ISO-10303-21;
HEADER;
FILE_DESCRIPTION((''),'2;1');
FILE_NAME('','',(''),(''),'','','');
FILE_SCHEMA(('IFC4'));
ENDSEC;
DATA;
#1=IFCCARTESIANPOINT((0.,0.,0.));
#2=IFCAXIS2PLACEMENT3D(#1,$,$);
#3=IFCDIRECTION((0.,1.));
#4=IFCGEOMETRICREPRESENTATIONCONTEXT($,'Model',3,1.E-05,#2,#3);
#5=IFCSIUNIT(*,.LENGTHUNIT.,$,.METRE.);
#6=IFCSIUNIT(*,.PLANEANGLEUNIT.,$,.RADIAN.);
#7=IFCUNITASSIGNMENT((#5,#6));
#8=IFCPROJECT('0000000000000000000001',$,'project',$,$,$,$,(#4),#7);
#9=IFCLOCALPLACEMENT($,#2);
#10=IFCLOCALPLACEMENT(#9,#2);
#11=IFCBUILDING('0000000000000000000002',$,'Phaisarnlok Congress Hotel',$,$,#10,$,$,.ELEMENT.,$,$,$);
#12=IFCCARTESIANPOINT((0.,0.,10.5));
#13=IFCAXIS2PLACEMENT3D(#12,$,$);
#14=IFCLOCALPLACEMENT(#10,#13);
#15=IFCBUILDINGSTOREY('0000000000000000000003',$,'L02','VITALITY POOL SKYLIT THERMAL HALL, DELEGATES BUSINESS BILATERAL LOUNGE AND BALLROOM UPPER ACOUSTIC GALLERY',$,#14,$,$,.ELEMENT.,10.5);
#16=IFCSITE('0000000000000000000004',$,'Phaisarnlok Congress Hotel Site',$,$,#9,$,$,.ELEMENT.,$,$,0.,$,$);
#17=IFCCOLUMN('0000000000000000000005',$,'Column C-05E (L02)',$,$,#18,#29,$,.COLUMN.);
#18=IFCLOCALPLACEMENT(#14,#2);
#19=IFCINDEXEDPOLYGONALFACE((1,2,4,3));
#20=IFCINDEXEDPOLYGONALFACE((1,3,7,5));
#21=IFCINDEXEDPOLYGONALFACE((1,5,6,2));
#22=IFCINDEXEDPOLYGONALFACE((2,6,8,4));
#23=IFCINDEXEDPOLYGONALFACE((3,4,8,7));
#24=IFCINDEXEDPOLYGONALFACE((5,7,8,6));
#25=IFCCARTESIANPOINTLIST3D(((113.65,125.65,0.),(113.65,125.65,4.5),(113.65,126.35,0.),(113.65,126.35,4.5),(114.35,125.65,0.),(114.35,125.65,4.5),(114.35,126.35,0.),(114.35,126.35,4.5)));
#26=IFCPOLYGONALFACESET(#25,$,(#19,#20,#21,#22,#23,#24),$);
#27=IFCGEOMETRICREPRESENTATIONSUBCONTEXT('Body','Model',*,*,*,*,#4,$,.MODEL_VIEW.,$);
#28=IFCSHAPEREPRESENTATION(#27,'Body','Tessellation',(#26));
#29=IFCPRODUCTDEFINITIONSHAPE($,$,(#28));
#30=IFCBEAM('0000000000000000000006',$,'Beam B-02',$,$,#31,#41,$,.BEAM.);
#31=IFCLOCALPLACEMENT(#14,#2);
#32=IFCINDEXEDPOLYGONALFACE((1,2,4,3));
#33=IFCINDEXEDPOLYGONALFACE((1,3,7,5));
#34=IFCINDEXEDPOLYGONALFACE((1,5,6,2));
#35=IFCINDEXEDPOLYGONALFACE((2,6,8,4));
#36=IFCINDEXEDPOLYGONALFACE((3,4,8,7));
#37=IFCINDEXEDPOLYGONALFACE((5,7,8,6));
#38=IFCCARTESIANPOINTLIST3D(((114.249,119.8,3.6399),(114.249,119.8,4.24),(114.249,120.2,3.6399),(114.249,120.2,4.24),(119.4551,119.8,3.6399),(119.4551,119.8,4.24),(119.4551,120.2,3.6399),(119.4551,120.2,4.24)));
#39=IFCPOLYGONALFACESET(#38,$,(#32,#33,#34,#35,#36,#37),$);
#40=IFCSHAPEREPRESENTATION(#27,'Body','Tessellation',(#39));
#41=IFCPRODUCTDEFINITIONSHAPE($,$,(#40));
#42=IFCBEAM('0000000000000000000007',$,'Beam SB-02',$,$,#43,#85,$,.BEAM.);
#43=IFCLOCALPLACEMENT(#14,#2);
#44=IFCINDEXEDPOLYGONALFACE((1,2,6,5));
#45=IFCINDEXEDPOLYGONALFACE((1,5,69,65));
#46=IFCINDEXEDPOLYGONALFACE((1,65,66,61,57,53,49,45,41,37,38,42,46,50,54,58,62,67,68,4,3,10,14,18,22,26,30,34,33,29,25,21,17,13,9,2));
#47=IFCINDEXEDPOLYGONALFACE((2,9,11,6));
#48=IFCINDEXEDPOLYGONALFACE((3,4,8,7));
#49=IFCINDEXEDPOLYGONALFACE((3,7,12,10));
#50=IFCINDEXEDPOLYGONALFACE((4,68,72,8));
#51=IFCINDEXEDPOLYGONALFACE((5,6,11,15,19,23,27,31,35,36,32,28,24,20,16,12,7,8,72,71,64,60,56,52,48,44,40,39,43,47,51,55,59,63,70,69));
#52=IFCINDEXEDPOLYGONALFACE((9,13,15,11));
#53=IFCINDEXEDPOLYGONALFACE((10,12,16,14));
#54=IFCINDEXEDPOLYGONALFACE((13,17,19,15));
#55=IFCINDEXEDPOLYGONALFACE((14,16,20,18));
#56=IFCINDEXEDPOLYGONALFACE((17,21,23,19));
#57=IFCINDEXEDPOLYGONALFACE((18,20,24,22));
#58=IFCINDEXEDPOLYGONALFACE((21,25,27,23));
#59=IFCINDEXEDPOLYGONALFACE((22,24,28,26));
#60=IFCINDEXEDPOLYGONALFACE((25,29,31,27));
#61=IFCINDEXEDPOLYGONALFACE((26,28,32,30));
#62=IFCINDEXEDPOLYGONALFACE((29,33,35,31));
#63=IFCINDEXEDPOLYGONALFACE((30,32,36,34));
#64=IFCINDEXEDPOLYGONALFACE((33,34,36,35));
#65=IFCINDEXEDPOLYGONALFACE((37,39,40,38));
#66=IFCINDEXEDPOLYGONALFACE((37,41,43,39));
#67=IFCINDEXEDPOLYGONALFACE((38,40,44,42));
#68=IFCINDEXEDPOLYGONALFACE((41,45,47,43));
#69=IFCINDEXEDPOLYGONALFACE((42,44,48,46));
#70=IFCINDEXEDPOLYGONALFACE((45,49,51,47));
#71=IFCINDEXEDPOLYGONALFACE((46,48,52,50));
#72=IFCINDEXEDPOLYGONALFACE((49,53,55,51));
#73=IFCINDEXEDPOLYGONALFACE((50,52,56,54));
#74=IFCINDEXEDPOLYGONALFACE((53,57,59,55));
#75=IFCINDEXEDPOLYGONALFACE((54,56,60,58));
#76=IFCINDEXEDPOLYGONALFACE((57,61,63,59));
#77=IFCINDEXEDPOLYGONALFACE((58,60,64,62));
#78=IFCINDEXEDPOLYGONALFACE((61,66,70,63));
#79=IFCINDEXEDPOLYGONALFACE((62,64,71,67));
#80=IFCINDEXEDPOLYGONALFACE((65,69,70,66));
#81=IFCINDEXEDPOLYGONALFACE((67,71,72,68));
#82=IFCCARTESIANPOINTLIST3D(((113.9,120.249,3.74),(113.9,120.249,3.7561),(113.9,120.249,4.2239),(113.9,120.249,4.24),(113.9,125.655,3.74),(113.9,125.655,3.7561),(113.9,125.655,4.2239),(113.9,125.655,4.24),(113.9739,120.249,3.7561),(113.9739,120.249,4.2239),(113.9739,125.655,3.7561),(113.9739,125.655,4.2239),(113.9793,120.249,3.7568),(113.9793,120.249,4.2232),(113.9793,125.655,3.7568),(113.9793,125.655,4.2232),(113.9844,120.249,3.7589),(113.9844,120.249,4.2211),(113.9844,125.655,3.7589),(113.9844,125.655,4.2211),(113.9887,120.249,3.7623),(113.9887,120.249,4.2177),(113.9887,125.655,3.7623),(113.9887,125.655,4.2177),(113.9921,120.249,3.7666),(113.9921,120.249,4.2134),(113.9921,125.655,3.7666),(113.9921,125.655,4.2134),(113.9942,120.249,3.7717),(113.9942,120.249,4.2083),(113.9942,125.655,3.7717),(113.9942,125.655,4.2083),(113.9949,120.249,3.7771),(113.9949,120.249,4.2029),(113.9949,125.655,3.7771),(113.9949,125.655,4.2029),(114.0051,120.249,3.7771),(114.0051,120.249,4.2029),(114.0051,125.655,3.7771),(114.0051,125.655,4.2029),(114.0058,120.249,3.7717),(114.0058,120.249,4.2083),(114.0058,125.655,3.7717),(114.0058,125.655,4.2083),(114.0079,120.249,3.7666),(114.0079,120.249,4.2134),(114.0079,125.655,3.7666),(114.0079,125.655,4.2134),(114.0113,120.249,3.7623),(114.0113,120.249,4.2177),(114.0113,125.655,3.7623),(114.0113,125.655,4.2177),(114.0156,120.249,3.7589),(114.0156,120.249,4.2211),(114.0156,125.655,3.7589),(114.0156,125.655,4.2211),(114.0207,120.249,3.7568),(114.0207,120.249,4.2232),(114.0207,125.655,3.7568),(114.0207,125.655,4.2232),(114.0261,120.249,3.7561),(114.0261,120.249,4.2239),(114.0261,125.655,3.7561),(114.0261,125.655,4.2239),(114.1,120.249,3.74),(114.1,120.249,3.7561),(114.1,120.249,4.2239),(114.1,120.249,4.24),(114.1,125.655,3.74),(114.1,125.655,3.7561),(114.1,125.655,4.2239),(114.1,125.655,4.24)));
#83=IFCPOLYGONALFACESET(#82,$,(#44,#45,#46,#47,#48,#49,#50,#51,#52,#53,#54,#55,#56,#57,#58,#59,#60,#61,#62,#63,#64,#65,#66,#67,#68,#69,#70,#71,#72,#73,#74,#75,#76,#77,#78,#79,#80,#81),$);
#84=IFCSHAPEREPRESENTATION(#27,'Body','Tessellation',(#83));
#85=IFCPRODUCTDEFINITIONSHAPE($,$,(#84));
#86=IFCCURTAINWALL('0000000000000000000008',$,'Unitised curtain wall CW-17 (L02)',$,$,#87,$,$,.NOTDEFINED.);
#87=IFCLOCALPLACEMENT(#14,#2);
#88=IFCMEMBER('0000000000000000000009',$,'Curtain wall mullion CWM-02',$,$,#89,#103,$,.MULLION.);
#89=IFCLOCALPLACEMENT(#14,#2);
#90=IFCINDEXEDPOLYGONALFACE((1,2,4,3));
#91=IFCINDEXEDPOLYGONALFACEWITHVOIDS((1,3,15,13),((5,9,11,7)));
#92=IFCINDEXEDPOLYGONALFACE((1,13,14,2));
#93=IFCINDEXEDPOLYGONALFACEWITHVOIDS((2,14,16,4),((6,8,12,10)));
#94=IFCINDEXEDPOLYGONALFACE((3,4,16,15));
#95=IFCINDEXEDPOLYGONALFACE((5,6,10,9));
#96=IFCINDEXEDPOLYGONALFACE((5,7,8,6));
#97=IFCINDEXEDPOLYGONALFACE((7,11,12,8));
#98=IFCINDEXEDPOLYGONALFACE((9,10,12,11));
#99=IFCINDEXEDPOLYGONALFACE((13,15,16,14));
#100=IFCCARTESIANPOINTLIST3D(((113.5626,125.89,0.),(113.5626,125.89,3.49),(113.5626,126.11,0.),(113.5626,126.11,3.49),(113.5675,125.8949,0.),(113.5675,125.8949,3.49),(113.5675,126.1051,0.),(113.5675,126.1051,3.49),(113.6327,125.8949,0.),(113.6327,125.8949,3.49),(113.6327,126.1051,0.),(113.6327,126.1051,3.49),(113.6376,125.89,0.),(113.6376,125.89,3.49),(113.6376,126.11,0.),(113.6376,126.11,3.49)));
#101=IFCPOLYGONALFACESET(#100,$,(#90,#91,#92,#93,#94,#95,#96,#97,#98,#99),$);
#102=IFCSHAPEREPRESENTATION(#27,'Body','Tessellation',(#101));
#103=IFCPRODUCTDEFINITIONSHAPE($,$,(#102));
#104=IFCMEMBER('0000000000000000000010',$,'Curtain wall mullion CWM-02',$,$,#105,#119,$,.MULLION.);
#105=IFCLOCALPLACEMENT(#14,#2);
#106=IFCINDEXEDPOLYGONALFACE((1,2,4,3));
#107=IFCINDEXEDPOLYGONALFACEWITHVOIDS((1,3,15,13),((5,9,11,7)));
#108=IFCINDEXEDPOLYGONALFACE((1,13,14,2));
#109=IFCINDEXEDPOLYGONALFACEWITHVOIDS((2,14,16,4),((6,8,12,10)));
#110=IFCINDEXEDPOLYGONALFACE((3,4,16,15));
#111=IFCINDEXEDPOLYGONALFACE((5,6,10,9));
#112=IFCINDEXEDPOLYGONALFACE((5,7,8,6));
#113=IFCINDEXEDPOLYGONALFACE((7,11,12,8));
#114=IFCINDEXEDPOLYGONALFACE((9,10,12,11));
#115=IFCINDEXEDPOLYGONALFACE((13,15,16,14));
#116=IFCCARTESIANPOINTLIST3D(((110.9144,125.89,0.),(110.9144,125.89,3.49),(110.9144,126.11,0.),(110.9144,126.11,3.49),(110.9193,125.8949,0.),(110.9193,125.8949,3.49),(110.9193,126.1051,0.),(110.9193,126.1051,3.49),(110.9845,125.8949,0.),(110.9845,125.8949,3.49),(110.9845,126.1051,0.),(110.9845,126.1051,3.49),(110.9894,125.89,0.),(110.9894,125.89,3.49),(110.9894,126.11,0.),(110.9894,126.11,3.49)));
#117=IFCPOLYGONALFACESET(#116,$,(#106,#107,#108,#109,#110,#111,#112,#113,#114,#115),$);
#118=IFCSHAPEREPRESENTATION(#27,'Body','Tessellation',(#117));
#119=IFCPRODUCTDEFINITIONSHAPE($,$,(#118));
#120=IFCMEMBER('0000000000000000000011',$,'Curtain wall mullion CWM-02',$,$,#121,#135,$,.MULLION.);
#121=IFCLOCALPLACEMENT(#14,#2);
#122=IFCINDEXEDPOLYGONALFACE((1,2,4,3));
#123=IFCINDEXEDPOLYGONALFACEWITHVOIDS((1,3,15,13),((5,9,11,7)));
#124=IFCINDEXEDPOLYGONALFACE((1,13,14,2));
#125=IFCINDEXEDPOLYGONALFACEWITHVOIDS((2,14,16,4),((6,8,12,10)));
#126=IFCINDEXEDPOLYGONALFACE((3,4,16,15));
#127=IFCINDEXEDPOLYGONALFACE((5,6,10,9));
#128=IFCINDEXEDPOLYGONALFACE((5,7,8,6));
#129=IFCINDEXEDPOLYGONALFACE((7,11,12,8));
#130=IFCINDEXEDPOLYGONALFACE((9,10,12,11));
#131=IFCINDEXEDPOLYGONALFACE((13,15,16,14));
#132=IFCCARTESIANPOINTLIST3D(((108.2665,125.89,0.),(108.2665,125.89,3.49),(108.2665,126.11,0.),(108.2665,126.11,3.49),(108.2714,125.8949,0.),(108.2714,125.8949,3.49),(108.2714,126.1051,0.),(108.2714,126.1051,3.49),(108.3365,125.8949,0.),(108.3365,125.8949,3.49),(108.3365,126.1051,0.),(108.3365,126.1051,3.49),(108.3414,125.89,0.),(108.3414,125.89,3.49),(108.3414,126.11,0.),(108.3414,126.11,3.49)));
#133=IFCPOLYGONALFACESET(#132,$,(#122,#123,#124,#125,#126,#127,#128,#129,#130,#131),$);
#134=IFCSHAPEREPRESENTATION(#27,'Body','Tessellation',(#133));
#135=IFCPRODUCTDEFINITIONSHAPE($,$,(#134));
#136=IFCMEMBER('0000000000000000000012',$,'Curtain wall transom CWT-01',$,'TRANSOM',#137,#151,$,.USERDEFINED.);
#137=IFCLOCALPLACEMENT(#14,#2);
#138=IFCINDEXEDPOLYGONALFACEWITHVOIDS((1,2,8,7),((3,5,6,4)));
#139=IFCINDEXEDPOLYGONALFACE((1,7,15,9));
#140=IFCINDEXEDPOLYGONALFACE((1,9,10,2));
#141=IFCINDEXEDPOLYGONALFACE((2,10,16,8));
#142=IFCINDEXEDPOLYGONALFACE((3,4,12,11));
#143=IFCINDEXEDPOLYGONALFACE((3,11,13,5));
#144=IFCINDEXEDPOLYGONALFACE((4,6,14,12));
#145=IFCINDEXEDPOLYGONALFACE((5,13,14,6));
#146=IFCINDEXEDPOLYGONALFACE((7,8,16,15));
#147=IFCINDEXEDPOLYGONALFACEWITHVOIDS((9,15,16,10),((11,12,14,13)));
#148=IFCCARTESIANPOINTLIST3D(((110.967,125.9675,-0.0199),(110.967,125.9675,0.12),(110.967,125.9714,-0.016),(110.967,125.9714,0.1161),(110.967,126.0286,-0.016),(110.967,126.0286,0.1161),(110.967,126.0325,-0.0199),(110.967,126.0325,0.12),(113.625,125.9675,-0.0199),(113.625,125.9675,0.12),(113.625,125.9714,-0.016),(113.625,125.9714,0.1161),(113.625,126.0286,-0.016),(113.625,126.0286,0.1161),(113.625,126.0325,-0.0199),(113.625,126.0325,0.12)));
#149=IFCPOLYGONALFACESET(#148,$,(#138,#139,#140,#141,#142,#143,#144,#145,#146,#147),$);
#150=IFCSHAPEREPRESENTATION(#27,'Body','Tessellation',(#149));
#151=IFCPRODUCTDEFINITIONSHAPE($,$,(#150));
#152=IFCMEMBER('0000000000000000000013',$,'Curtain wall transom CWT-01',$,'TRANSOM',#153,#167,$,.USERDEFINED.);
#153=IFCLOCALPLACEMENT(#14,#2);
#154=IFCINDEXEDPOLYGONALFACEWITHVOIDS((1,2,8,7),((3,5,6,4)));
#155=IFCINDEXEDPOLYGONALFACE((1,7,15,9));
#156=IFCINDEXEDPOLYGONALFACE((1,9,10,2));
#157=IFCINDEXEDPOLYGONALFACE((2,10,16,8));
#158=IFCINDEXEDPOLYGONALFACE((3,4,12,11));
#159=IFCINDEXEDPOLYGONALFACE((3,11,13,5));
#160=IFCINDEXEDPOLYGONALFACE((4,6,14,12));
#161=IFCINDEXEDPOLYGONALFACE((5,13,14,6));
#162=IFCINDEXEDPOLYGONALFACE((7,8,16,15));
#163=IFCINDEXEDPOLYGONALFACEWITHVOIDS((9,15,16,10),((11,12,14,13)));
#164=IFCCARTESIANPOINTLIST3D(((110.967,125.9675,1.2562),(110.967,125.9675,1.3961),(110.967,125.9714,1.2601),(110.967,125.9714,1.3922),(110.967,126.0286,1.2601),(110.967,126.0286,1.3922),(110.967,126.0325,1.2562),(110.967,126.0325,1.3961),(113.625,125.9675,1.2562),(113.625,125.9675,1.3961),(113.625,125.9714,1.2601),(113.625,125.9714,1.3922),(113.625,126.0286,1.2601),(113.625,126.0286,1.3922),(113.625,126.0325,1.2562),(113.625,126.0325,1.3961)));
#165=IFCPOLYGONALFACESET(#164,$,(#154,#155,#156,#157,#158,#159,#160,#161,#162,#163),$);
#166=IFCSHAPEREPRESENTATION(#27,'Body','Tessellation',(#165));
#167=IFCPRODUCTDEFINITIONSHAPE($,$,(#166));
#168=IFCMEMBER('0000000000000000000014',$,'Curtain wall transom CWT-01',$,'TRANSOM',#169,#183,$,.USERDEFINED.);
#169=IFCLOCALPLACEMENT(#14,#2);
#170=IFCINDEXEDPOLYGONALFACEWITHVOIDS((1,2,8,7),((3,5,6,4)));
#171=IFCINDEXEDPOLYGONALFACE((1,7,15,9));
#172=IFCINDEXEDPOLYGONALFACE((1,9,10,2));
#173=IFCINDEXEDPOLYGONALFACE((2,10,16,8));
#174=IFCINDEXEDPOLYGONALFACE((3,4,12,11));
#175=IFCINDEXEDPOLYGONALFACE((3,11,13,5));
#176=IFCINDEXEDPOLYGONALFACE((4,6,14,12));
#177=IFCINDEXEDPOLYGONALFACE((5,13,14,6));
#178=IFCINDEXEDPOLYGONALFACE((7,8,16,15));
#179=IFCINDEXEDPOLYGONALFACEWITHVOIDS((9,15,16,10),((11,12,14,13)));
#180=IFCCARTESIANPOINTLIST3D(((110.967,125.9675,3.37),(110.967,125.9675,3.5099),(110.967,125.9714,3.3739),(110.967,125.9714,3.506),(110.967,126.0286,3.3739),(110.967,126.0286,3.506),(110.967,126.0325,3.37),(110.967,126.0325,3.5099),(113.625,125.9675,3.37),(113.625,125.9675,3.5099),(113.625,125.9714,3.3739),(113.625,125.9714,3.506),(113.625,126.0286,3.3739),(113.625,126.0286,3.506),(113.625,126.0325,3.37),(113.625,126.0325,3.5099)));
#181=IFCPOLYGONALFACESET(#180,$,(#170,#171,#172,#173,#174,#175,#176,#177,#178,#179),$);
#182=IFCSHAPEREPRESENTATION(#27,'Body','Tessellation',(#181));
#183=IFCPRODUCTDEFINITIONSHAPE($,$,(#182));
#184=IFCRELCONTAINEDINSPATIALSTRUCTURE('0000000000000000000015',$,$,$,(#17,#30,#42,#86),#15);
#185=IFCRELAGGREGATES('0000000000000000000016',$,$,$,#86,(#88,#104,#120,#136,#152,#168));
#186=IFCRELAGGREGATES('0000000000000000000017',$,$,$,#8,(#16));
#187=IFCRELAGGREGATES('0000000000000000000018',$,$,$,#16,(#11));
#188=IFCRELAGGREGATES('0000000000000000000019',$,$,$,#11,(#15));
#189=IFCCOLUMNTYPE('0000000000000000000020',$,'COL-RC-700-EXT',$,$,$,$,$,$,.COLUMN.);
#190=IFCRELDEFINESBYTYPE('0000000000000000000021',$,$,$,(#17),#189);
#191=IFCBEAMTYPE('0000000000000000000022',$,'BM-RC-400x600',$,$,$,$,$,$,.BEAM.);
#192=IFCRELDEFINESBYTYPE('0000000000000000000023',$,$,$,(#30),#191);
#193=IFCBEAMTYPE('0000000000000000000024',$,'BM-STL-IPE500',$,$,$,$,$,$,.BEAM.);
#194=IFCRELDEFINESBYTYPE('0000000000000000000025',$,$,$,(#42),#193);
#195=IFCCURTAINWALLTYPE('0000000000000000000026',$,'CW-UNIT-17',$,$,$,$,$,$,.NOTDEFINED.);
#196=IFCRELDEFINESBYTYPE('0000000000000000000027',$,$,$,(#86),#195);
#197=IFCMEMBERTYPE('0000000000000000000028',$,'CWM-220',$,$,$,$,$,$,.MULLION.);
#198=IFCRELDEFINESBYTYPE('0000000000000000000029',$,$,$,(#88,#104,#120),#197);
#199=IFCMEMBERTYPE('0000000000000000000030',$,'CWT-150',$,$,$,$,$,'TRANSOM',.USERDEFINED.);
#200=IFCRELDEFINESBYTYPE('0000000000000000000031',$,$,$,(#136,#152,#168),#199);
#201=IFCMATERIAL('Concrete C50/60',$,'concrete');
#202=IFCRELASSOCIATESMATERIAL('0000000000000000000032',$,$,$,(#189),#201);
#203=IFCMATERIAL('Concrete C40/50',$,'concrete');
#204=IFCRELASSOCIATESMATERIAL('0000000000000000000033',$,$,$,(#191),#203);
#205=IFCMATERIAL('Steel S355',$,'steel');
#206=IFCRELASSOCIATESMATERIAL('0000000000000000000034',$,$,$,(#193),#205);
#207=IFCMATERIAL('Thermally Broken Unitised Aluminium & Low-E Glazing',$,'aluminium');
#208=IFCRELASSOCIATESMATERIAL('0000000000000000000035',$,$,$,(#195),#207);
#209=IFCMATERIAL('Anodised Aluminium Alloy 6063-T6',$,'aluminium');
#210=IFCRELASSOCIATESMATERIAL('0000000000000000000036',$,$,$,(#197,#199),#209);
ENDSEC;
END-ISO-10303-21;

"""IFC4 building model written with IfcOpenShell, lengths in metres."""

from ifc_helpers import new_model, si_unit, direction, frame, origin, origin_2d, place, context, subcontext, project, spatial, rectangle, hollow_rectangle, i_section, extrude, material, material_profile, profile_set, type_object, element, aggregate, save


model = new_model("IFC4")

# Units and contexts
model_context = context("Model", 3, precision=1e-05, world=origin(), true_north=direction((0.0, 1.0)))
body_context = subcontext(model_context, "Body", "Model", "MODEL_VIEW")
ifc_project = project(units=[si_unit("LENGTHUNIT", "METRE"), si_unit("PLANEANGLEUNIT", "RADIAN")], contexts=[model_context])

# Site, building, storey
site_placement = place(None, origin())
site = spatial("IfcSite", under=ifc_project, at=site_placement, Name="Phaisarnlok Congress Hotel Site", CompositionType="ELEMENT", RefElevation=0.0)
building_placement = place(site_placement, origin())
building = spatial("IfcBuilding", under=site, at=building_placement, Name="Phaisarnlok Congress Hotel", CompositionType="ELEMENT")
storey_placement = place(building_placement, frame((0.0, 0.0, 10.5)))
storey = spatial("IfcBuildingStorey", under=building, at=storey_placement, Name="L02", Description="VITALITY POOL SKYLIT THERMAL HALL, DELEGATES BUSINESS BILATERAL LOUNGE AND BALLROOM UPPER ACOUSTIC GALLERY", CompositionType="ELEMENT", Elevation=10.5)

# Column
ifc_material_1 = material(Name="Concrete C50/60", Category="concrete")
ifc_material_profile_1 = material_profile(ifc_material_1, rectangle(XDim=0.7, YDim=0.7, at=origin_2d()), Name="RC 700x700")
ifc_profile_set_1 = profile_set([ifc_material_profile_1], Name="Concrete C50/60")
column_type = type_object("IfcColumnType", Name="COL-RC-700-EXT", PredefinedType="COLUMN", material=ifc_profile_set_1)
column_placement = place(storey_placement, frame((114.0, 126.0, 0.0), z_axis=(0.0, 0.0, 1.0), x_axis=(1.0, 0.0, 0.0)))
element("IfcColumn", 1, at=column_placement, inside=storey, type_object=column_type, Name="Column C-05E (L02)", PredefinedType="COLUMN", context=body_context, shape_type="SweptSolid", body=[
    extrude(rectangle(XDim=0.7, YDim=0.7, at=origin_2d()), origin(), (0.0, 0.0, 1.0), 4.5),
])

# Beams
ifc_material_2 = material(Name="Concrete C40/50", Category="concrete")
ifc_material_profile_2 = material_profile(ifc_material_2, rectangle(XDim=0.3999, YDim=0.6001, at=origin_2d()), Name="RC 400x600")
ifc_profile_set_2 = profile_set([ifc_material_profile_2], Name="Concrete C40/50")
beam_type_1 = type_object("IfcBeamType", Name="BM-RC-400x600", PredefinedType="BEAM", material=ifc_profile_set_2)
beam_1_placement = place(storey_placement, frame((114.249, 120.0, 3.9399), z_axis=(1.0, 0.0, 0.0), x_axis=(0.0, 1.0, 0.0)))
element("IfcBeam", 2, at=beam_1_placement, inside=storey, type_object=beam_type_1, Name="Beam B-02", PredefinedType="BEAM", context=body_context, shape_type="SweptSolid", body=[
    extrude(rectangle(XDim=0.3999, YDim=0.6001, at=origin_2d()), origin(), (0.0, 0.0, 1.0), 5.2061),
])
ifc_material_3 = material(Name="Steel S355", Category="steel")
ifc_material_profile_3 = material_profile(ifc_material_3, i_section(OverallWidth=0.2, OverallDepth=0.5, WebThickness=0.0103, FlangeThickness=0.0161, FilletRadius=0.021, at=origin_2d()), Name="IPE 500")
ifc_profile_set_3 = profile_set([ifc_material_profile_3], Name="Steel S355")
beam_type_2 = type_object("IfcBeamType", Name="BM-STL-IPE500", PredefinedType="BEAM", material=ifc_profile_set_3)
beam_2_placement = place(storey_placement, frame((114.0, 120.249, 3.99), z_axis=(0.0, 1.0, 0.0), x_axis=(-1.0, 0.0, 0.0)))
element("IfcBeam", 3, at=beam_2_placement, inside=storey, type_object=beam_type_2, Name="Beam SB-02", PredefinedType="BEAM", context=body_context, shape_type="SweptSolid", body=[
    extrude(i_section(OverallWidth=0.2, OverallDepth=0.5, WebThickness=0.0103, FlangeThickness=0.0161, FilletRadius=0.021, at=origin_2d()), origin(), (0.0, 0.0, 1.0), 5.406),
])

# Curtain wall, members
ifc_material_4 = material(Name="Thermally Broken Unitised Aluminium & Low-E Glazing", Category="aluminium")
curtain_wall_type = type_object("IfcCurtainWallType", Name="CW-UNIT-17", PredefinedType="NOTDEFINED", material=ifc_material_4)
curtain_wall_placement = place(storey_placement, origin())
curtain_wall = element("IfcCurtainWall", 4, at=curtain_wall_placement, inside=storey, type_object=curtain_wall_type, Name="Unitised curtain wall CW-17 (L02)", PredefinedType="NOTDEFINED")
ifc_material_5 = material(Name="Anodised Aluminium Alloy 6063-T6", Category="aluminium")
ifc_material_profile_4 = material_profile(ifc_material_5, hollow_rectangle(XDim=0.075, YDim=0.22, WallThickness=0.0049, at=origin_2d()), Name="ALU-M 75x220x5")
ifc_profile_set_4 = profile_set([ifc_material_profile_4], Name="Anodised Aluminium Alloy 6063-T6")
member_type_1 = type_object("IfcMemberType", Name="CWM-220", PredefinedType="MULLION", material=ifc_profile_set_4)
member_1_placement = place(storey_placement, frame((113.6001, 126.0, 0.0), z_axis=(0.0, 0.0, 1.0), x_axis=(-1.0, 0.0, 0.0)))
member_1 = element("IfcMember", 5, at=member_1_placement, type_object=member_type_1, Name="Curtain wall mullion CWM-02", PredefinedType="MULLION", context=body_context, shape_type="SweptSolid", body=[
    extrude(hollow_rectangle(XDim=0.075, YDim=0.22, WallThickness=0.0049, at=origin_2d()), origin(), (0.0, 0.0, 1.0), 3.49),
])
member_2_placement = place(storey_placement, frame((110.9519, 126.0, 0.0), z_axis=(0.0, 0.0, 1.0), x_axis=(-1.0, 0.0, 0.0)))
member_2 = element("IfcMember", 6, at=member_2_placement, type_object=member_type_1, Name="Curtain wall mullion CWM-02", PredefinedType="MULLION", context=body_context, shape_type="SweptSolid", body=[
    extrude(hollow_rectangle(XDim=0.075, YDim=0.22, WallThickness=0.0049, at=origin_2d()), origin(), (0.0, 0.0, 1.0), 3.49),
])
member_3_placement = place(storey_placement, frame((108.304, 126.0, 0.0), z_axis=(0.0, 0.0, 1.0), x_axis=(-1.0, 0.0, 0.0)))
member_3 = element("IfcMember", 7, at=member_3_placement, type_object=member_type_1, Name="Curtain wall mullion CWM-02", PredefinedType="MULLION", context=body_context, shape_type="SweptSolid", body=[
    extrude(hollow_rectangle(XDim=0.075, YDim=0.22, WallThickness=0.0049, at=origin_2d()), origin(), (0.0, 0.0, 1.0), 3.49),
])
ifc_material_profile_5 = material_profile(ifc_material_5, hollow_rectangle(XDim=0.0649, YDim=0.1399, WallThickness=0.0039, at=origin_2d()), Name="ALU-T 65x140x4")
ifc_profile_set_5 = profile_set([ifc_material_profile_5], Name="Anodised Aluminium Alloy 6063-T6")
member_type_2 = type_object("IfcMemberType", Name="CWT-150", ElementType="TRANSOM", PredefinedType="USERDEFINED", material=ifc_profile_set_5)
member_4_placement = place(storey_placement, frame((113.625, 126.0, 0.05), z_axis=(-1.0, 0.0, 0.0), x_axis=(0.0, -1.0, 0.0)))
member_4 = element("IfcMember", 8, at=member_4_placement, type_object=member_type_2, Name="Curtain wall transom CWT-01", ObjectType="TRANSOM", PredefinedType="USERDEFINED", context=body_context, shape_type="SweptSolid", body=[
    extrude(hollow_rectangle(XDim=0.0649, YDim=0.1399, WallThickness=0.0039, at=origin_2d()), origin(), (0.0, 0.0, 1.0), 2.658),
])
member_5_placement = place(storey_placement, frame((113.625, 126.0, 1.3262), z_axis=(-1.0, 0.0, 0.0), x_axis=(0.0, -1.0, 0.0)))
member_5 = element("IfcMember", 9, at=member_5_placement, type_object=member_type_2, Name="Curtain wall transom CWT-01", ObjectType="TRANSOM", PredefinedType="USERDEFINED", context=body_context, shape_type="SweptSolid", body=[
    extrude(hollow_rectangle(XDim=0.0649, YDim=0.1399, WallThickness=0.0039, at=origin_2d()), origin(), (0.0, 0.0, 1.0), 2.658),
])
member_6_placement = place(storey_placement, frame((113.625, 126.0, 3.4399), z_axis=(-1.0, 0.0, 0.0), x_axis=(0.0, -1.0, 0.0)))
member_6 = element("IfcMember", 10, at=member_6_placement, type_object=member_type_2, Name="Curtain wall transom CWT-01", ObjectType="TRANSOM", PredefinedType="USERDEFINED", context=body_context, shape_type="SweptSolid", body=[
    extrude(hollow_rectangle(XDim=0.0649, YDim=0.1399, WallThickness=0.0039, at=origin_2d()), origin(), (0.0, 0.0, 1.0), 2.658),
])

aggregate(curtain_wall, [member_1, member_2, member_3, member_4, member_5, member_6])

save(model, "model.ifc")
